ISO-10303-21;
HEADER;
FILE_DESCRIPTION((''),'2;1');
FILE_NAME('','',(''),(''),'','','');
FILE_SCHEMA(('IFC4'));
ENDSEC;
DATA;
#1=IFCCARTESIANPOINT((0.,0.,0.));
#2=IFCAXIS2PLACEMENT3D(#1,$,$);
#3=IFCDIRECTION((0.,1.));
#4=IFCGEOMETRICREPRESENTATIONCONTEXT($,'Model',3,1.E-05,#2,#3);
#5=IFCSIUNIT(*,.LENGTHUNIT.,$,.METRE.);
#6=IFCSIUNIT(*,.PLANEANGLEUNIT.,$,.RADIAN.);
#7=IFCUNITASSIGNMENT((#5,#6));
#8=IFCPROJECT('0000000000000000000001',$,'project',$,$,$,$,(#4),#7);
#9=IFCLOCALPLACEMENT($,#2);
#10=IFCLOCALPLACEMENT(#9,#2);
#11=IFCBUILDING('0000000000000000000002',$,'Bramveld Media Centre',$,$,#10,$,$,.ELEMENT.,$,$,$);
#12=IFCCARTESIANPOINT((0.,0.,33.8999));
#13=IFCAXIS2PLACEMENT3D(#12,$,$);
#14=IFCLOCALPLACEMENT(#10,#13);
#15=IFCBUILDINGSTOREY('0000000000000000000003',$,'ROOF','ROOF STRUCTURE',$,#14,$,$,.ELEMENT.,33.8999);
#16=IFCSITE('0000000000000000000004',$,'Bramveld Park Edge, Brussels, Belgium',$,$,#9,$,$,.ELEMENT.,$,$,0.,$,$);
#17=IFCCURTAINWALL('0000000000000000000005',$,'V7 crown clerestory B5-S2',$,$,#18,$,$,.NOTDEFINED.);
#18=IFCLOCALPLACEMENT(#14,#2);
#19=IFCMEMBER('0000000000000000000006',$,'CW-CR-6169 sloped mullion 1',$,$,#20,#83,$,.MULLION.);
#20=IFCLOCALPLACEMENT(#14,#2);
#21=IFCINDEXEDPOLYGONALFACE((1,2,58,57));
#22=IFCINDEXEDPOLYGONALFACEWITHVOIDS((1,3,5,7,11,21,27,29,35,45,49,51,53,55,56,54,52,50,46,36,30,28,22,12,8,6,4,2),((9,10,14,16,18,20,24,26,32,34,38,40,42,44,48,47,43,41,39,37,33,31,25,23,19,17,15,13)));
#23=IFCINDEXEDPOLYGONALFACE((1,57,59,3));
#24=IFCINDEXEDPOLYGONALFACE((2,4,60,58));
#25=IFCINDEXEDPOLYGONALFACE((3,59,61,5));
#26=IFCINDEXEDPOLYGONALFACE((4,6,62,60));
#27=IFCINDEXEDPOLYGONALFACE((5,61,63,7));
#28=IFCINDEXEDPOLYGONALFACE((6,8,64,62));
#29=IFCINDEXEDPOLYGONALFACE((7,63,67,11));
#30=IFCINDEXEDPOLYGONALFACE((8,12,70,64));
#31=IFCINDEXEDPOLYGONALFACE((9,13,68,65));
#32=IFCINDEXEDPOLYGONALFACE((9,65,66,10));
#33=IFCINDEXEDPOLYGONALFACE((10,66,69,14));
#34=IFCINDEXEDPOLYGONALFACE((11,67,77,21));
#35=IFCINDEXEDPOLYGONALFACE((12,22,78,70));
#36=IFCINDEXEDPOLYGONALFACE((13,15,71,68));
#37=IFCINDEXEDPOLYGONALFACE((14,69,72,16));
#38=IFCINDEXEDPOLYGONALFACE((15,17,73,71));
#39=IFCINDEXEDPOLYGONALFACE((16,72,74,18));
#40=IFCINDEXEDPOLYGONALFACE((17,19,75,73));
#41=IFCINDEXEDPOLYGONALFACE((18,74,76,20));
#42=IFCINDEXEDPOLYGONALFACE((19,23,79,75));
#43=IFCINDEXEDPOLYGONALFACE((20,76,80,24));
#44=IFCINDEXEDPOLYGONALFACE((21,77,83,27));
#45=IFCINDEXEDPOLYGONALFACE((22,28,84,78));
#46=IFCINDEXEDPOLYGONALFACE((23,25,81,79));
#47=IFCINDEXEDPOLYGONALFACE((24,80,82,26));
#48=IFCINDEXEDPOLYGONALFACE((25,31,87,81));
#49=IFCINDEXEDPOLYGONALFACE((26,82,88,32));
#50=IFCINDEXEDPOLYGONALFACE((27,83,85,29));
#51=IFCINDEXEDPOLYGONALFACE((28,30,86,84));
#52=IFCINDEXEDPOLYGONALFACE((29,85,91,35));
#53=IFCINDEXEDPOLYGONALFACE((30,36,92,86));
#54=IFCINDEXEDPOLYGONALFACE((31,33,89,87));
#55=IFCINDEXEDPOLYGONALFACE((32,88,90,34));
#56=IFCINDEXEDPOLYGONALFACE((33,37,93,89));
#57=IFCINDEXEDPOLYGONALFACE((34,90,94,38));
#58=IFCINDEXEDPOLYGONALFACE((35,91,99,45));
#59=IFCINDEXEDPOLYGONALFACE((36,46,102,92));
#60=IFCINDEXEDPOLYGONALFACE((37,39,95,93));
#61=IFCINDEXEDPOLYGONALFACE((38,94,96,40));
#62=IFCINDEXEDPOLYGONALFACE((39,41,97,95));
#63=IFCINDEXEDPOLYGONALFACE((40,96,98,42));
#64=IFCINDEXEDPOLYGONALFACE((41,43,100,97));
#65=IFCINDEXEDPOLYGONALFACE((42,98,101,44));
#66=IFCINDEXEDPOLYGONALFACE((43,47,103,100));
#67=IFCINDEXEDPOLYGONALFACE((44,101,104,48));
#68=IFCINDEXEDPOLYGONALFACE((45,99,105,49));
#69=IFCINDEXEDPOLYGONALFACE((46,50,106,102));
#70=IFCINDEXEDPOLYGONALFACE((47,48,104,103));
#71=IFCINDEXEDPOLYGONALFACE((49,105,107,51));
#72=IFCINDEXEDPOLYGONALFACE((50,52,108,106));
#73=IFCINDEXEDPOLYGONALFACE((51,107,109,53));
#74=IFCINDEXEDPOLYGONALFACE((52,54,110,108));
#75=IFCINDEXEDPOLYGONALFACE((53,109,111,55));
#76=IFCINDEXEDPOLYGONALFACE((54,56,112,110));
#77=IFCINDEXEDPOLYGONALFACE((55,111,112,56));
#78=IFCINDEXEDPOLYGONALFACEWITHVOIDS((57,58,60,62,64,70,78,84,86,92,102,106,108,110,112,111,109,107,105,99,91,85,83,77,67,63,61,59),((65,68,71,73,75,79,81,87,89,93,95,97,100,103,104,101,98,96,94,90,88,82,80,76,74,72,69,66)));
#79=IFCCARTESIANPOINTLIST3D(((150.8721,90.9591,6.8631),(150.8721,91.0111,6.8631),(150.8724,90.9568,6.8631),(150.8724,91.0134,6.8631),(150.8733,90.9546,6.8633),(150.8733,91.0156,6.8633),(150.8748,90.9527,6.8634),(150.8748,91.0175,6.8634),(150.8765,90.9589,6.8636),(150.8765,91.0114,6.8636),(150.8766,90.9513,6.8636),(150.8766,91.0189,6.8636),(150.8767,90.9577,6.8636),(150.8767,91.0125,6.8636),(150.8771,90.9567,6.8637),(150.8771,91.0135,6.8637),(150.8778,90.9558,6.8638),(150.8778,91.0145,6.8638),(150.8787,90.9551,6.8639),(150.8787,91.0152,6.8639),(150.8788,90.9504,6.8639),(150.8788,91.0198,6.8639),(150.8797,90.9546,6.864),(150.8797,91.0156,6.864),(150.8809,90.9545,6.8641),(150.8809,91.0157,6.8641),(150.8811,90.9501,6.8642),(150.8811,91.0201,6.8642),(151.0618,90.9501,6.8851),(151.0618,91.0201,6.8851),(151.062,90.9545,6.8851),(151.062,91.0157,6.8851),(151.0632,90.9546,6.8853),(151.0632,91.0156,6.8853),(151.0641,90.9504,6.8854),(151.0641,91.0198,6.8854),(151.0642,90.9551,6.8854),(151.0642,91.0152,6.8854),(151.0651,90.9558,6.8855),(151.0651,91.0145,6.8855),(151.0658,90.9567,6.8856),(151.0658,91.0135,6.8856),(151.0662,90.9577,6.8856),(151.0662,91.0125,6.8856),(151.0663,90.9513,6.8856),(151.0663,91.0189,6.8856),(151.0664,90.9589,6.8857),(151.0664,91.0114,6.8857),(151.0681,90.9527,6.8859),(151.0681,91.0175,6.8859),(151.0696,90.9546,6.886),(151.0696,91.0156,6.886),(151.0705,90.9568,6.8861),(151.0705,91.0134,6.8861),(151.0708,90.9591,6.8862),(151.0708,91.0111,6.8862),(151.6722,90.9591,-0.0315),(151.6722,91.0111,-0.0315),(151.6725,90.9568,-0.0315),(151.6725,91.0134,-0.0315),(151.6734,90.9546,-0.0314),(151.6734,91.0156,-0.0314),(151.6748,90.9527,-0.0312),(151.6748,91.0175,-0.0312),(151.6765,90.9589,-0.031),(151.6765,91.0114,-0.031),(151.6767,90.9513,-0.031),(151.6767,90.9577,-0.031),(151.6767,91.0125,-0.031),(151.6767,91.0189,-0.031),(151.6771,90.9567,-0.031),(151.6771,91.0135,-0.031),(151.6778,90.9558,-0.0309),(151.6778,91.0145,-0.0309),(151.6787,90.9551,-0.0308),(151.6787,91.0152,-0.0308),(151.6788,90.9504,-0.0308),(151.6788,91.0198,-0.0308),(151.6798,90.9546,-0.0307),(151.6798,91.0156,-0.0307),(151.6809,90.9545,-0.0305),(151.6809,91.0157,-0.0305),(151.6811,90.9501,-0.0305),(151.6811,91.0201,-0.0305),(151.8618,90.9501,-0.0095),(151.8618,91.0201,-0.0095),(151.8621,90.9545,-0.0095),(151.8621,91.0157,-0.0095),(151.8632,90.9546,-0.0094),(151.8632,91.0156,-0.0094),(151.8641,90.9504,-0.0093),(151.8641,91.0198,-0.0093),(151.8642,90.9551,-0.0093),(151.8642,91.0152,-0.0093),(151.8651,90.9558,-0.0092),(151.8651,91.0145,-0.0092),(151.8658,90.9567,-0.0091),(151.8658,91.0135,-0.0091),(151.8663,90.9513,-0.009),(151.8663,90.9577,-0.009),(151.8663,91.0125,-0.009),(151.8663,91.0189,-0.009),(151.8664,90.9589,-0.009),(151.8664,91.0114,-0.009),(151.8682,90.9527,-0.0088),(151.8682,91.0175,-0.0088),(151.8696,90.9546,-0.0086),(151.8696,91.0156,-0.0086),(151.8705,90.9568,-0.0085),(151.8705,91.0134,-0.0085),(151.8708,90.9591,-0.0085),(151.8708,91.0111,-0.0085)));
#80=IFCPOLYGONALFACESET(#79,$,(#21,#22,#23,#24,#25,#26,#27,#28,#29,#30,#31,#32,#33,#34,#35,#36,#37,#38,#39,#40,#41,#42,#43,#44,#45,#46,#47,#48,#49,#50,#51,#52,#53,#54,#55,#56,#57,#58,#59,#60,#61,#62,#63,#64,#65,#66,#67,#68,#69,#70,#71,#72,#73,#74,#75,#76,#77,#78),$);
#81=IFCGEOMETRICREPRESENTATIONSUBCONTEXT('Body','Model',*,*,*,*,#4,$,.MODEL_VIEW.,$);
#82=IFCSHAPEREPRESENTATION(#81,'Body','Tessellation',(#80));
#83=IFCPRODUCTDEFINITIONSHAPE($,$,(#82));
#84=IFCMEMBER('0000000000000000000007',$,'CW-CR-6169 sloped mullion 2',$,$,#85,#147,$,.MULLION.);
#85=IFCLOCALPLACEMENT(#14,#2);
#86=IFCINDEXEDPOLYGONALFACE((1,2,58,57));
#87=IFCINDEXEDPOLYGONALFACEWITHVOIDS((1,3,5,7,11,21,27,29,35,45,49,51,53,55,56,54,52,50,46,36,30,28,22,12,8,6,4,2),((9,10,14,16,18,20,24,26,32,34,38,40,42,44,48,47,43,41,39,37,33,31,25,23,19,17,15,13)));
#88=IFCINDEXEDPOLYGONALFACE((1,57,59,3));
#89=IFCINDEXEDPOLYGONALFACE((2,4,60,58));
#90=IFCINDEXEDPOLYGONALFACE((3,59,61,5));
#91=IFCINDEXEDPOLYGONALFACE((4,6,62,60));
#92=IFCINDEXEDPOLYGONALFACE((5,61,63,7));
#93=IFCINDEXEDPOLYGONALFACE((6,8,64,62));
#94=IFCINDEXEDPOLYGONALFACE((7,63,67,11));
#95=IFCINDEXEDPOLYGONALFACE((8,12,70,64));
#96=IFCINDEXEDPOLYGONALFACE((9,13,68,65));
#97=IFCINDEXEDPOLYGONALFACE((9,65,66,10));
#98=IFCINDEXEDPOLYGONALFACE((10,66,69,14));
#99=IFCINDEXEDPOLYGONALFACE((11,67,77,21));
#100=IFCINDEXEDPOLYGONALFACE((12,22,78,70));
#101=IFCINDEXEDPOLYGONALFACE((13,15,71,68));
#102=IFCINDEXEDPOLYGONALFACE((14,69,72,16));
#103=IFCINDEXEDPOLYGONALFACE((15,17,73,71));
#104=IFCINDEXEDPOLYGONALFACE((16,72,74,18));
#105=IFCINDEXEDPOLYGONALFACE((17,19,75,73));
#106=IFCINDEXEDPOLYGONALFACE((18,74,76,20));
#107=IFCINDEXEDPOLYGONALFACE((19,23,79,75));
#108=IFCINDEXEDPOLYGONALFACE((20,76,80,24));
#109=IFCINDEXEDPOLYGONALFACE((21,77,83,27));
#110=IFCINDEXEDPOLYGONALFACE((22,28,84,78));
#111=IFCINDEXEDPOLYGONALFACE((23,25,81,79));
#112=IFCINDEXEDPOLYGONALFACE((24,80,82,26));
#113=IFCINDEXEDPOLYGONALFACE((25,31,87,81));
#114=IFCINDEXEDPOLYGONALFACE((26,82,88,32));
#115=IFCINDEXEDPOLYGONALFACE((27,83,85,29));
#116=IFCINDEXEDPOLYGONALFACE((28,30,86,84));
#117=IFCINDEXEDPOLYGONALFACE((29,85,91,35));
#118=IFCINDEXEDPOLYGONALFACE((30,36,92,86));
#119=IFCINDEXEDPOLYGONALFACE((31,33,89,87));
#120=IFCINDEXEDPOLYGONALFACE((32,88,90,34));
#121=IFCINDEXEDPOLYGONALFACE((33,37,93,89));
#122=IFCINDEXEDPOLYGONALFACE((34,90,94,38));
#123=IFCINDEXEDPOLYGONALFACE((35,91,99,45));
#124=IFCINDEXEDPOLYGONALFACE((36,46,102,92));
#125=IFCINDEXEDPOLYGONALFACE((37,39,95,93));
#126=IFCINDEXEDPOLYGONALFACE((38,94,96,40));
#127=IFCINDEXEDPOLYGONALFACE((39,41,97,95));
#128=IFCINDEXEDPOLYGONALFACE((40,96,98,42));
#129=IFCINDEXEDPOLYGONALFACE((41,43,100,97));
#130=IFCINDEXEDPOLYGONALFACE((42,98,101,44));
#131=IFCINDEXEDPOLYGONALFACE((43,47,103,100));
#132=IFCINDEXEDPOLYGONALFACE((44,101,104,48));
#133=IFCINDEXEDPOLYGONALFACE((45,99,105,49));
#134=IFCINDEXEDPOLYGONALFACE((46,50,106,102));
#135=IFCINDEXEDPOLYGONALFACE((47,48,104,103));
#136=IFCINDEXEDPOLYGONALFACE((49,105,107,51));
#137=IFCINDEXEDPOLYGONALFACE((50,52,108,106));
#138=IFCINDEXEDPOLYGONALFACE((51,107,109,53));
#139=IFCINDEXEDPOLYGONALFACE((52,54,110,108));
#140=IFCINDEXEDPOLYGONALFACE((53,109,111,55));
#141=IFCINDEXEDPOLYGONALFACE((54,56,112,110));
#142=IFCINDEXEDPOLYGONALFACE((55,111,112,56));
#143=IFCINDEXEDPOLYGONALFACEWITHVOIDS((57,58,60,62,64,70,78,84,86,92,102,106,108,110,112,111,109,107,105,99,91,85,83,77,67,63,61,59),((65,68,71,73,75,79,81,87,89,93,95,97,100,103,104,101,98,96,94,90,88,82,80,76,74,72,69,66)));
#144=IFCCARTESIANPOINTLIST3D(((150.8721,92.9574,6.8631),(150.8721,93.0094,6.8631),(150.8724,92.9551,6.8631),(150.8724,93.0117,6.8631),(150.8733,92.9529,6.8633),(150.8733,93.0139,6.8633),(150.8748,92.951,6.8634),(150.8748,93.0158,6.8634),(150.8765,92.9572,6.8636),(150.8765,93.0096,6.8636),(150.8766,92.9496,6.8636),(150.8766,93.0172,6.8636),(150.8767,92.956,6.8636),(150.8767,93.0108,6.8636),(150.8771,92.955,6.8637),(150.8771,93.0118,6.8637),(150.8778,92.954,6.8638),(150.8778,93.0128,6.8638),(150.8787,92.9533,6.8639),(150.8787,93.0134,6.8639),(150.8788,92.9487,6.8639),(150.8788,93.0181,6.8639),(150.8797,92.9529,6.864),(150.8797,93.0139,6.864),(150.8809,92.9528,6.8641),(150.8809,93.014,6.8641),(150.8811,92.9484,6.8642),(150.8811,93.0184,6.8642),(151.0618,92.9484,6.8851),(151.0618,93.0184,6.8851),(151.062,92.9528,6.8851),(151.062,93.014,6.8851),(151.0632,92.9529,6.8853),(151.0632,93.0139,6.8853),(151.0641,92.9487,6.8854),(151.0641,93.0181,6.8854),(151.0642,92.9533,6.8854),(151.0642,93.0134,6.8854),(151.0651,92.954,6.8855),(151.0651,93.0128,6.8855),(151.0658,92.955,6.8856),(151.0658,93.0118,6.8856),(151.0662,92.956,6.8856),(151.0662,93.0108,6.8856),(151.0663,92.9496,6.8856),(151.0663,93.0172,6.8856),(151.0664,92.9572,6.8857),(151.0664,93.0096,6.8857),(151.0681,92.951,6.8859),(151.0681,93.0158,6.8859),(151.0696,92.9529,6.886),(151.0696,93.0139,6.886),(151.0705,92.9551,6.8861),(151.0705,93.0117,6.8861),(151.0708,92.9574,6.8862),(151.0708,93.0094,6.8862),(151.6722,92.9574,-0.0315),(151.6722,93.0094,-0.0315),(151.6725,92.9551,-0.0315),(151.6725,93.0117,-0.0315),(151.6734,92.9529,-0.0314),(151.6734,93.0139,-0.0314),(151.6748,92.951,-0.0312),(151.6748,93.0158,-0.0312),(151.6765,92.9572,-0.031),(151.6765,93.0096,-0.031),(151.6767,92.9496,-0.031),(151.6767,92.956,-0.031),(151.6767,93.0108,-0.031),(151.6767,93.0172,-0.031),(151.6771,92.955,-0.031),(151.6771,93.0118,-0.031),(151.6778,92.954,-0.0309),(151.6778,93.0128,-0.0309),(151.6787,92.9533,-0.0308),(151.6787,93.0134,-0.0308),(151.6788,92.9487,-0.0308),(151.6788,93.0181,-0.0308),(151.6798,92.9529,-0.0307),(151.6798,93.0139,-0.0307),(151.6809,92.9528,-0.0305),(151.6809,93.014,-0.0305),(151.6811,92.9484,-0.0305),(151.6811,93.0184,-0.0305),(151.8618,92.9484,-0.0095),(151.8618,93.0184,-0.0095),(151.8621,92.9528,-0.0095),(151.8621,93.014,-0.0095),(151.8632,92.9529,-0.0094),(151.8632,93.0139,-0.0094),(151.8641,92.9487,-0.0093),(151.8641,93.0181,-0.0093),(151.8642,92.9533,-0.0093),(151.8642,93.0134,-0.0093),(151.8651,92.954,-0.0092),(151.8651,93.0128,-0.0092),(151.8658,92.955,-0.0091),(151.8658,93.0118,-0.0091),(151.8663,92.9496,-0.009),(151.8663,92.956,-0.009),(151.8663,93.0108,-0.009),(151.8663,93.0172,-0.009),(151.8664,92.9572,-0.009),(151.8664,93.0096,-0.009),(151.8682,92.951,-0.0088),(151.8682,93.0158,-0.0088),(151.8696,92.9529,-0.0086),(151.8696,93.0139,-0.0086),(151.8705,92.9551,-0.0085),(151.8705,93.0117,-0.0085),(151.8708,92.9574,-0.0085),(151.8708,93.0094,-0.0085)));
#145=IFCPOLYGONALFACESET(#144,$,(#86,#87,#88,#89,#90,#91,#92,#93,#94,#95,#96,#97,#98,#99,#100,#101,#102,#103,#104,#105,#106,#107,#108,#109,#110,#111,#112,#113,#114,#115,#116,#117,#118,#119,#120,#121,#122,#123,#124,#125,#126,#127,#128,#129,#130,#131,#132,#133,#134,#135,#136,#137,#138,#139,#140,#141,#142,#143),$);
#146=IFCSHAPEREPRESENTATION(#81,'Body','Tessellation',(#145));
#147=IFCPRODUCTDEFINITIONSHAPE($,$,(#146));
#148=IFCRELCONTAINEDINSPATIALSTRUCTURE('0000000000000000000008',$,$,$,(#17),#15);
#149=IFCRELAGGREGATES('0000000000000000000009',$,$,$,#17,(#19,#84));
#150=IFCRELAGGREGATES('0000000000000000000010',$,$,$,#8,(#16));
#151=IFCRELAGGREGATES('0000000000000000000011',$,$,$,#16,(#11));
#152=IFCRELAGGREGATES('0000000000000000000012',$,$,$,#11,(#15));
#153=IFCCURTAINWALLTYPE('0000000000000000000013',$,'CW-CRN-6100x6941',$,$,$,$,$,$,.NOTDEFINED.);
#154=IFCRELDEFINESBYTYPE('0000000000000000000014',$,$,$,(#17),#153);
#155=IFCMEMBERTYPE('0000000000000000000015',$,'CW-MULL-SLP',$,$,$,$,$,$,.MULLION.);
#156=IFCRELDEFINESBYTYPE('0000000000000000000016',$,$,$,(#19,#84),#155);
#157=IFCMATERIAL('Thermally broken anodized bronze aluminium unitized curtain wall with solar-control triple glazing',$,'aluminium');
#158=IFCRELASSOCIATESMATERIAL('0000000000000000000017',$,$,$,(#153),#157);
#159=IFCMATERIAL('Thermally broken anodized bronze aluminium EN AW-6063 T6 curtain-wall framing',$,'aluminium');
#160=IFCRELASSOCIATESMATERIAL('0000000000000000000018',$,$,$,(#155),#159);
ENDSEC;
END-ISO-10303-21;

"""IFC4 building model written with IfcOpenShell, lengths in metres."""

from ifc_helpers import new_model, si_unit, direction, frame, origin, origin_2d, place, context, subcontext, project, spatial, hollow_rectangle, extrude, material, material_profile, profile_set, type_object, element, aggregate, save


model = new_model("IFC4")

# Units and contexts
model_context = context("Model", 3, precision=1e-05, world=origin(), true_north=direction((0.0, 1.0)))
body_context = subcontext(model_context, "Body", "Model", "MODEL_VIEW")
ifc_project = project(units=[si_unit("LENGTHUNIT", "METRE"), si_unit("PLANEANGLEUNIT", "RADIAN")], contexts=[model_context])

# Site, building, storey
site_placement = place(None, origin())
site = spatial("IfcSite", under=ifc_project, at=site_placement, Name="Bramveld Park Edge, Brussels, Belgium", CompositionType="ELEMENT", RefElevation=0.0)
building_placement = place(site_placement, origin())
building = spatial("IfcBuilding", under=site, at=building_placement, Name="Bramveld Media Centre", CompositionType="ELEMENT")
storey_placement = place(building_placement, frame((0.0, 0.0, 33.8999)))
storey = spatial("IfcBuildingStorey", under=building, at=storey_placement, Name="ROOF", Description="ROOF STRUCTURE", CompositionType="ELEMENT", Elevation=33.8999)

# Shared definitions
ifc_material_1 = material(Name="Thermally broken anodized bronze aluminium unitized curtain wall with solar-control triple glazing", Category="aluminium")
curtain_wall_type = type_object("IfcCurtainWallType", Name="CW-CRN-6100x6941", PredefinedType="NOTDEFINED", material=ifc_material_1)
ifc_material_2 = material(Name="Thermally broken anodized bronze aluminium EN AW-6063 T6 curtain-wall framing", Category="aluminium")
ifc_material_profile_1 = material_profile(ifc_material_2, hollow_rectangle(XDim=0.0701, YDim=0.2, WallThickness=0.0044, InnerFilletRadius=0.0044, OuterFilletRadius=0.009, at=origin_2d()), Name="AL-MULL 70x200")
ifc_profile_set_1 = profile_set([ifc_material_profile_1], Name="Thermally broken anodized bronze aluminium EN AW-6063 T6 curtain-wall framing")
member_type_1 = type_object("IfcMemberType", Name="CW-MULL-SLP", PredefinedType="MULLION", material=ifc_profile_set_1)

# Curtain wall, members
curtain_wall_1_placement = place(storey_placement, origin())
curtain_wall_1 = element("IfcCurtainWall", 1, at=curtain_wall_1_placement, inside=storey, type_object=curtain_wall_type, Name="V7 crown clerestory B5-S2", PredefinedType="NOTDEFINED")
member_1_placement = place(storey_placement, frame((151.7715, 90.9851, -0.02), z_axis=(-0.115264, 0.0, 0.993335), x_axis=(0.0, -1.0, 0.0)))
member_1 = element("IfcMember", 2, at=member_1_placement, type_object=member_type_1, Name="CW-CR-6169 sloped mullion 1", PredefinedType="MULLION", context=body_context, shape_type="SweptSolid", body=[
    extrude(hollow_rectangle(XDim=0.0701, YDim=0.2, WallThickness=0.0044, InnerFilletRadius=0.0044, OuterFilletRadius=0.009, at=origin_2d()), origin(), (0.0, 0.0, 1.0), 6.9409),
])
member_2_placement = place(storey_placement, frame((151.7715, 92.9834, -0.02), z_axis=(-0.115264, 0.0, 0.993335), x_axis=(0.0, -1.0, 0.0)))
member_2 = element("IfcMember", 3, at=member_2_placement, type_object=member_type_1, Name="CW-CR-6169 sloped mullion 2", PredefinedType="MULLION", context=body_context, shape_type="SweptSolid", body=[
    extrude(hollow_rectangle(XDim=0.0701, YDim=0.2, WallThickness=0.0044, InnerFilletRadius=0.0044, OuterFilletRadius=0.009, at=origin_2d()), origin(), (0.0, 0.0, 1.0), 6.9409),
])

aggregate(curtain_wall_1, [member_1, member_2])

save(model, "model.ifc")
